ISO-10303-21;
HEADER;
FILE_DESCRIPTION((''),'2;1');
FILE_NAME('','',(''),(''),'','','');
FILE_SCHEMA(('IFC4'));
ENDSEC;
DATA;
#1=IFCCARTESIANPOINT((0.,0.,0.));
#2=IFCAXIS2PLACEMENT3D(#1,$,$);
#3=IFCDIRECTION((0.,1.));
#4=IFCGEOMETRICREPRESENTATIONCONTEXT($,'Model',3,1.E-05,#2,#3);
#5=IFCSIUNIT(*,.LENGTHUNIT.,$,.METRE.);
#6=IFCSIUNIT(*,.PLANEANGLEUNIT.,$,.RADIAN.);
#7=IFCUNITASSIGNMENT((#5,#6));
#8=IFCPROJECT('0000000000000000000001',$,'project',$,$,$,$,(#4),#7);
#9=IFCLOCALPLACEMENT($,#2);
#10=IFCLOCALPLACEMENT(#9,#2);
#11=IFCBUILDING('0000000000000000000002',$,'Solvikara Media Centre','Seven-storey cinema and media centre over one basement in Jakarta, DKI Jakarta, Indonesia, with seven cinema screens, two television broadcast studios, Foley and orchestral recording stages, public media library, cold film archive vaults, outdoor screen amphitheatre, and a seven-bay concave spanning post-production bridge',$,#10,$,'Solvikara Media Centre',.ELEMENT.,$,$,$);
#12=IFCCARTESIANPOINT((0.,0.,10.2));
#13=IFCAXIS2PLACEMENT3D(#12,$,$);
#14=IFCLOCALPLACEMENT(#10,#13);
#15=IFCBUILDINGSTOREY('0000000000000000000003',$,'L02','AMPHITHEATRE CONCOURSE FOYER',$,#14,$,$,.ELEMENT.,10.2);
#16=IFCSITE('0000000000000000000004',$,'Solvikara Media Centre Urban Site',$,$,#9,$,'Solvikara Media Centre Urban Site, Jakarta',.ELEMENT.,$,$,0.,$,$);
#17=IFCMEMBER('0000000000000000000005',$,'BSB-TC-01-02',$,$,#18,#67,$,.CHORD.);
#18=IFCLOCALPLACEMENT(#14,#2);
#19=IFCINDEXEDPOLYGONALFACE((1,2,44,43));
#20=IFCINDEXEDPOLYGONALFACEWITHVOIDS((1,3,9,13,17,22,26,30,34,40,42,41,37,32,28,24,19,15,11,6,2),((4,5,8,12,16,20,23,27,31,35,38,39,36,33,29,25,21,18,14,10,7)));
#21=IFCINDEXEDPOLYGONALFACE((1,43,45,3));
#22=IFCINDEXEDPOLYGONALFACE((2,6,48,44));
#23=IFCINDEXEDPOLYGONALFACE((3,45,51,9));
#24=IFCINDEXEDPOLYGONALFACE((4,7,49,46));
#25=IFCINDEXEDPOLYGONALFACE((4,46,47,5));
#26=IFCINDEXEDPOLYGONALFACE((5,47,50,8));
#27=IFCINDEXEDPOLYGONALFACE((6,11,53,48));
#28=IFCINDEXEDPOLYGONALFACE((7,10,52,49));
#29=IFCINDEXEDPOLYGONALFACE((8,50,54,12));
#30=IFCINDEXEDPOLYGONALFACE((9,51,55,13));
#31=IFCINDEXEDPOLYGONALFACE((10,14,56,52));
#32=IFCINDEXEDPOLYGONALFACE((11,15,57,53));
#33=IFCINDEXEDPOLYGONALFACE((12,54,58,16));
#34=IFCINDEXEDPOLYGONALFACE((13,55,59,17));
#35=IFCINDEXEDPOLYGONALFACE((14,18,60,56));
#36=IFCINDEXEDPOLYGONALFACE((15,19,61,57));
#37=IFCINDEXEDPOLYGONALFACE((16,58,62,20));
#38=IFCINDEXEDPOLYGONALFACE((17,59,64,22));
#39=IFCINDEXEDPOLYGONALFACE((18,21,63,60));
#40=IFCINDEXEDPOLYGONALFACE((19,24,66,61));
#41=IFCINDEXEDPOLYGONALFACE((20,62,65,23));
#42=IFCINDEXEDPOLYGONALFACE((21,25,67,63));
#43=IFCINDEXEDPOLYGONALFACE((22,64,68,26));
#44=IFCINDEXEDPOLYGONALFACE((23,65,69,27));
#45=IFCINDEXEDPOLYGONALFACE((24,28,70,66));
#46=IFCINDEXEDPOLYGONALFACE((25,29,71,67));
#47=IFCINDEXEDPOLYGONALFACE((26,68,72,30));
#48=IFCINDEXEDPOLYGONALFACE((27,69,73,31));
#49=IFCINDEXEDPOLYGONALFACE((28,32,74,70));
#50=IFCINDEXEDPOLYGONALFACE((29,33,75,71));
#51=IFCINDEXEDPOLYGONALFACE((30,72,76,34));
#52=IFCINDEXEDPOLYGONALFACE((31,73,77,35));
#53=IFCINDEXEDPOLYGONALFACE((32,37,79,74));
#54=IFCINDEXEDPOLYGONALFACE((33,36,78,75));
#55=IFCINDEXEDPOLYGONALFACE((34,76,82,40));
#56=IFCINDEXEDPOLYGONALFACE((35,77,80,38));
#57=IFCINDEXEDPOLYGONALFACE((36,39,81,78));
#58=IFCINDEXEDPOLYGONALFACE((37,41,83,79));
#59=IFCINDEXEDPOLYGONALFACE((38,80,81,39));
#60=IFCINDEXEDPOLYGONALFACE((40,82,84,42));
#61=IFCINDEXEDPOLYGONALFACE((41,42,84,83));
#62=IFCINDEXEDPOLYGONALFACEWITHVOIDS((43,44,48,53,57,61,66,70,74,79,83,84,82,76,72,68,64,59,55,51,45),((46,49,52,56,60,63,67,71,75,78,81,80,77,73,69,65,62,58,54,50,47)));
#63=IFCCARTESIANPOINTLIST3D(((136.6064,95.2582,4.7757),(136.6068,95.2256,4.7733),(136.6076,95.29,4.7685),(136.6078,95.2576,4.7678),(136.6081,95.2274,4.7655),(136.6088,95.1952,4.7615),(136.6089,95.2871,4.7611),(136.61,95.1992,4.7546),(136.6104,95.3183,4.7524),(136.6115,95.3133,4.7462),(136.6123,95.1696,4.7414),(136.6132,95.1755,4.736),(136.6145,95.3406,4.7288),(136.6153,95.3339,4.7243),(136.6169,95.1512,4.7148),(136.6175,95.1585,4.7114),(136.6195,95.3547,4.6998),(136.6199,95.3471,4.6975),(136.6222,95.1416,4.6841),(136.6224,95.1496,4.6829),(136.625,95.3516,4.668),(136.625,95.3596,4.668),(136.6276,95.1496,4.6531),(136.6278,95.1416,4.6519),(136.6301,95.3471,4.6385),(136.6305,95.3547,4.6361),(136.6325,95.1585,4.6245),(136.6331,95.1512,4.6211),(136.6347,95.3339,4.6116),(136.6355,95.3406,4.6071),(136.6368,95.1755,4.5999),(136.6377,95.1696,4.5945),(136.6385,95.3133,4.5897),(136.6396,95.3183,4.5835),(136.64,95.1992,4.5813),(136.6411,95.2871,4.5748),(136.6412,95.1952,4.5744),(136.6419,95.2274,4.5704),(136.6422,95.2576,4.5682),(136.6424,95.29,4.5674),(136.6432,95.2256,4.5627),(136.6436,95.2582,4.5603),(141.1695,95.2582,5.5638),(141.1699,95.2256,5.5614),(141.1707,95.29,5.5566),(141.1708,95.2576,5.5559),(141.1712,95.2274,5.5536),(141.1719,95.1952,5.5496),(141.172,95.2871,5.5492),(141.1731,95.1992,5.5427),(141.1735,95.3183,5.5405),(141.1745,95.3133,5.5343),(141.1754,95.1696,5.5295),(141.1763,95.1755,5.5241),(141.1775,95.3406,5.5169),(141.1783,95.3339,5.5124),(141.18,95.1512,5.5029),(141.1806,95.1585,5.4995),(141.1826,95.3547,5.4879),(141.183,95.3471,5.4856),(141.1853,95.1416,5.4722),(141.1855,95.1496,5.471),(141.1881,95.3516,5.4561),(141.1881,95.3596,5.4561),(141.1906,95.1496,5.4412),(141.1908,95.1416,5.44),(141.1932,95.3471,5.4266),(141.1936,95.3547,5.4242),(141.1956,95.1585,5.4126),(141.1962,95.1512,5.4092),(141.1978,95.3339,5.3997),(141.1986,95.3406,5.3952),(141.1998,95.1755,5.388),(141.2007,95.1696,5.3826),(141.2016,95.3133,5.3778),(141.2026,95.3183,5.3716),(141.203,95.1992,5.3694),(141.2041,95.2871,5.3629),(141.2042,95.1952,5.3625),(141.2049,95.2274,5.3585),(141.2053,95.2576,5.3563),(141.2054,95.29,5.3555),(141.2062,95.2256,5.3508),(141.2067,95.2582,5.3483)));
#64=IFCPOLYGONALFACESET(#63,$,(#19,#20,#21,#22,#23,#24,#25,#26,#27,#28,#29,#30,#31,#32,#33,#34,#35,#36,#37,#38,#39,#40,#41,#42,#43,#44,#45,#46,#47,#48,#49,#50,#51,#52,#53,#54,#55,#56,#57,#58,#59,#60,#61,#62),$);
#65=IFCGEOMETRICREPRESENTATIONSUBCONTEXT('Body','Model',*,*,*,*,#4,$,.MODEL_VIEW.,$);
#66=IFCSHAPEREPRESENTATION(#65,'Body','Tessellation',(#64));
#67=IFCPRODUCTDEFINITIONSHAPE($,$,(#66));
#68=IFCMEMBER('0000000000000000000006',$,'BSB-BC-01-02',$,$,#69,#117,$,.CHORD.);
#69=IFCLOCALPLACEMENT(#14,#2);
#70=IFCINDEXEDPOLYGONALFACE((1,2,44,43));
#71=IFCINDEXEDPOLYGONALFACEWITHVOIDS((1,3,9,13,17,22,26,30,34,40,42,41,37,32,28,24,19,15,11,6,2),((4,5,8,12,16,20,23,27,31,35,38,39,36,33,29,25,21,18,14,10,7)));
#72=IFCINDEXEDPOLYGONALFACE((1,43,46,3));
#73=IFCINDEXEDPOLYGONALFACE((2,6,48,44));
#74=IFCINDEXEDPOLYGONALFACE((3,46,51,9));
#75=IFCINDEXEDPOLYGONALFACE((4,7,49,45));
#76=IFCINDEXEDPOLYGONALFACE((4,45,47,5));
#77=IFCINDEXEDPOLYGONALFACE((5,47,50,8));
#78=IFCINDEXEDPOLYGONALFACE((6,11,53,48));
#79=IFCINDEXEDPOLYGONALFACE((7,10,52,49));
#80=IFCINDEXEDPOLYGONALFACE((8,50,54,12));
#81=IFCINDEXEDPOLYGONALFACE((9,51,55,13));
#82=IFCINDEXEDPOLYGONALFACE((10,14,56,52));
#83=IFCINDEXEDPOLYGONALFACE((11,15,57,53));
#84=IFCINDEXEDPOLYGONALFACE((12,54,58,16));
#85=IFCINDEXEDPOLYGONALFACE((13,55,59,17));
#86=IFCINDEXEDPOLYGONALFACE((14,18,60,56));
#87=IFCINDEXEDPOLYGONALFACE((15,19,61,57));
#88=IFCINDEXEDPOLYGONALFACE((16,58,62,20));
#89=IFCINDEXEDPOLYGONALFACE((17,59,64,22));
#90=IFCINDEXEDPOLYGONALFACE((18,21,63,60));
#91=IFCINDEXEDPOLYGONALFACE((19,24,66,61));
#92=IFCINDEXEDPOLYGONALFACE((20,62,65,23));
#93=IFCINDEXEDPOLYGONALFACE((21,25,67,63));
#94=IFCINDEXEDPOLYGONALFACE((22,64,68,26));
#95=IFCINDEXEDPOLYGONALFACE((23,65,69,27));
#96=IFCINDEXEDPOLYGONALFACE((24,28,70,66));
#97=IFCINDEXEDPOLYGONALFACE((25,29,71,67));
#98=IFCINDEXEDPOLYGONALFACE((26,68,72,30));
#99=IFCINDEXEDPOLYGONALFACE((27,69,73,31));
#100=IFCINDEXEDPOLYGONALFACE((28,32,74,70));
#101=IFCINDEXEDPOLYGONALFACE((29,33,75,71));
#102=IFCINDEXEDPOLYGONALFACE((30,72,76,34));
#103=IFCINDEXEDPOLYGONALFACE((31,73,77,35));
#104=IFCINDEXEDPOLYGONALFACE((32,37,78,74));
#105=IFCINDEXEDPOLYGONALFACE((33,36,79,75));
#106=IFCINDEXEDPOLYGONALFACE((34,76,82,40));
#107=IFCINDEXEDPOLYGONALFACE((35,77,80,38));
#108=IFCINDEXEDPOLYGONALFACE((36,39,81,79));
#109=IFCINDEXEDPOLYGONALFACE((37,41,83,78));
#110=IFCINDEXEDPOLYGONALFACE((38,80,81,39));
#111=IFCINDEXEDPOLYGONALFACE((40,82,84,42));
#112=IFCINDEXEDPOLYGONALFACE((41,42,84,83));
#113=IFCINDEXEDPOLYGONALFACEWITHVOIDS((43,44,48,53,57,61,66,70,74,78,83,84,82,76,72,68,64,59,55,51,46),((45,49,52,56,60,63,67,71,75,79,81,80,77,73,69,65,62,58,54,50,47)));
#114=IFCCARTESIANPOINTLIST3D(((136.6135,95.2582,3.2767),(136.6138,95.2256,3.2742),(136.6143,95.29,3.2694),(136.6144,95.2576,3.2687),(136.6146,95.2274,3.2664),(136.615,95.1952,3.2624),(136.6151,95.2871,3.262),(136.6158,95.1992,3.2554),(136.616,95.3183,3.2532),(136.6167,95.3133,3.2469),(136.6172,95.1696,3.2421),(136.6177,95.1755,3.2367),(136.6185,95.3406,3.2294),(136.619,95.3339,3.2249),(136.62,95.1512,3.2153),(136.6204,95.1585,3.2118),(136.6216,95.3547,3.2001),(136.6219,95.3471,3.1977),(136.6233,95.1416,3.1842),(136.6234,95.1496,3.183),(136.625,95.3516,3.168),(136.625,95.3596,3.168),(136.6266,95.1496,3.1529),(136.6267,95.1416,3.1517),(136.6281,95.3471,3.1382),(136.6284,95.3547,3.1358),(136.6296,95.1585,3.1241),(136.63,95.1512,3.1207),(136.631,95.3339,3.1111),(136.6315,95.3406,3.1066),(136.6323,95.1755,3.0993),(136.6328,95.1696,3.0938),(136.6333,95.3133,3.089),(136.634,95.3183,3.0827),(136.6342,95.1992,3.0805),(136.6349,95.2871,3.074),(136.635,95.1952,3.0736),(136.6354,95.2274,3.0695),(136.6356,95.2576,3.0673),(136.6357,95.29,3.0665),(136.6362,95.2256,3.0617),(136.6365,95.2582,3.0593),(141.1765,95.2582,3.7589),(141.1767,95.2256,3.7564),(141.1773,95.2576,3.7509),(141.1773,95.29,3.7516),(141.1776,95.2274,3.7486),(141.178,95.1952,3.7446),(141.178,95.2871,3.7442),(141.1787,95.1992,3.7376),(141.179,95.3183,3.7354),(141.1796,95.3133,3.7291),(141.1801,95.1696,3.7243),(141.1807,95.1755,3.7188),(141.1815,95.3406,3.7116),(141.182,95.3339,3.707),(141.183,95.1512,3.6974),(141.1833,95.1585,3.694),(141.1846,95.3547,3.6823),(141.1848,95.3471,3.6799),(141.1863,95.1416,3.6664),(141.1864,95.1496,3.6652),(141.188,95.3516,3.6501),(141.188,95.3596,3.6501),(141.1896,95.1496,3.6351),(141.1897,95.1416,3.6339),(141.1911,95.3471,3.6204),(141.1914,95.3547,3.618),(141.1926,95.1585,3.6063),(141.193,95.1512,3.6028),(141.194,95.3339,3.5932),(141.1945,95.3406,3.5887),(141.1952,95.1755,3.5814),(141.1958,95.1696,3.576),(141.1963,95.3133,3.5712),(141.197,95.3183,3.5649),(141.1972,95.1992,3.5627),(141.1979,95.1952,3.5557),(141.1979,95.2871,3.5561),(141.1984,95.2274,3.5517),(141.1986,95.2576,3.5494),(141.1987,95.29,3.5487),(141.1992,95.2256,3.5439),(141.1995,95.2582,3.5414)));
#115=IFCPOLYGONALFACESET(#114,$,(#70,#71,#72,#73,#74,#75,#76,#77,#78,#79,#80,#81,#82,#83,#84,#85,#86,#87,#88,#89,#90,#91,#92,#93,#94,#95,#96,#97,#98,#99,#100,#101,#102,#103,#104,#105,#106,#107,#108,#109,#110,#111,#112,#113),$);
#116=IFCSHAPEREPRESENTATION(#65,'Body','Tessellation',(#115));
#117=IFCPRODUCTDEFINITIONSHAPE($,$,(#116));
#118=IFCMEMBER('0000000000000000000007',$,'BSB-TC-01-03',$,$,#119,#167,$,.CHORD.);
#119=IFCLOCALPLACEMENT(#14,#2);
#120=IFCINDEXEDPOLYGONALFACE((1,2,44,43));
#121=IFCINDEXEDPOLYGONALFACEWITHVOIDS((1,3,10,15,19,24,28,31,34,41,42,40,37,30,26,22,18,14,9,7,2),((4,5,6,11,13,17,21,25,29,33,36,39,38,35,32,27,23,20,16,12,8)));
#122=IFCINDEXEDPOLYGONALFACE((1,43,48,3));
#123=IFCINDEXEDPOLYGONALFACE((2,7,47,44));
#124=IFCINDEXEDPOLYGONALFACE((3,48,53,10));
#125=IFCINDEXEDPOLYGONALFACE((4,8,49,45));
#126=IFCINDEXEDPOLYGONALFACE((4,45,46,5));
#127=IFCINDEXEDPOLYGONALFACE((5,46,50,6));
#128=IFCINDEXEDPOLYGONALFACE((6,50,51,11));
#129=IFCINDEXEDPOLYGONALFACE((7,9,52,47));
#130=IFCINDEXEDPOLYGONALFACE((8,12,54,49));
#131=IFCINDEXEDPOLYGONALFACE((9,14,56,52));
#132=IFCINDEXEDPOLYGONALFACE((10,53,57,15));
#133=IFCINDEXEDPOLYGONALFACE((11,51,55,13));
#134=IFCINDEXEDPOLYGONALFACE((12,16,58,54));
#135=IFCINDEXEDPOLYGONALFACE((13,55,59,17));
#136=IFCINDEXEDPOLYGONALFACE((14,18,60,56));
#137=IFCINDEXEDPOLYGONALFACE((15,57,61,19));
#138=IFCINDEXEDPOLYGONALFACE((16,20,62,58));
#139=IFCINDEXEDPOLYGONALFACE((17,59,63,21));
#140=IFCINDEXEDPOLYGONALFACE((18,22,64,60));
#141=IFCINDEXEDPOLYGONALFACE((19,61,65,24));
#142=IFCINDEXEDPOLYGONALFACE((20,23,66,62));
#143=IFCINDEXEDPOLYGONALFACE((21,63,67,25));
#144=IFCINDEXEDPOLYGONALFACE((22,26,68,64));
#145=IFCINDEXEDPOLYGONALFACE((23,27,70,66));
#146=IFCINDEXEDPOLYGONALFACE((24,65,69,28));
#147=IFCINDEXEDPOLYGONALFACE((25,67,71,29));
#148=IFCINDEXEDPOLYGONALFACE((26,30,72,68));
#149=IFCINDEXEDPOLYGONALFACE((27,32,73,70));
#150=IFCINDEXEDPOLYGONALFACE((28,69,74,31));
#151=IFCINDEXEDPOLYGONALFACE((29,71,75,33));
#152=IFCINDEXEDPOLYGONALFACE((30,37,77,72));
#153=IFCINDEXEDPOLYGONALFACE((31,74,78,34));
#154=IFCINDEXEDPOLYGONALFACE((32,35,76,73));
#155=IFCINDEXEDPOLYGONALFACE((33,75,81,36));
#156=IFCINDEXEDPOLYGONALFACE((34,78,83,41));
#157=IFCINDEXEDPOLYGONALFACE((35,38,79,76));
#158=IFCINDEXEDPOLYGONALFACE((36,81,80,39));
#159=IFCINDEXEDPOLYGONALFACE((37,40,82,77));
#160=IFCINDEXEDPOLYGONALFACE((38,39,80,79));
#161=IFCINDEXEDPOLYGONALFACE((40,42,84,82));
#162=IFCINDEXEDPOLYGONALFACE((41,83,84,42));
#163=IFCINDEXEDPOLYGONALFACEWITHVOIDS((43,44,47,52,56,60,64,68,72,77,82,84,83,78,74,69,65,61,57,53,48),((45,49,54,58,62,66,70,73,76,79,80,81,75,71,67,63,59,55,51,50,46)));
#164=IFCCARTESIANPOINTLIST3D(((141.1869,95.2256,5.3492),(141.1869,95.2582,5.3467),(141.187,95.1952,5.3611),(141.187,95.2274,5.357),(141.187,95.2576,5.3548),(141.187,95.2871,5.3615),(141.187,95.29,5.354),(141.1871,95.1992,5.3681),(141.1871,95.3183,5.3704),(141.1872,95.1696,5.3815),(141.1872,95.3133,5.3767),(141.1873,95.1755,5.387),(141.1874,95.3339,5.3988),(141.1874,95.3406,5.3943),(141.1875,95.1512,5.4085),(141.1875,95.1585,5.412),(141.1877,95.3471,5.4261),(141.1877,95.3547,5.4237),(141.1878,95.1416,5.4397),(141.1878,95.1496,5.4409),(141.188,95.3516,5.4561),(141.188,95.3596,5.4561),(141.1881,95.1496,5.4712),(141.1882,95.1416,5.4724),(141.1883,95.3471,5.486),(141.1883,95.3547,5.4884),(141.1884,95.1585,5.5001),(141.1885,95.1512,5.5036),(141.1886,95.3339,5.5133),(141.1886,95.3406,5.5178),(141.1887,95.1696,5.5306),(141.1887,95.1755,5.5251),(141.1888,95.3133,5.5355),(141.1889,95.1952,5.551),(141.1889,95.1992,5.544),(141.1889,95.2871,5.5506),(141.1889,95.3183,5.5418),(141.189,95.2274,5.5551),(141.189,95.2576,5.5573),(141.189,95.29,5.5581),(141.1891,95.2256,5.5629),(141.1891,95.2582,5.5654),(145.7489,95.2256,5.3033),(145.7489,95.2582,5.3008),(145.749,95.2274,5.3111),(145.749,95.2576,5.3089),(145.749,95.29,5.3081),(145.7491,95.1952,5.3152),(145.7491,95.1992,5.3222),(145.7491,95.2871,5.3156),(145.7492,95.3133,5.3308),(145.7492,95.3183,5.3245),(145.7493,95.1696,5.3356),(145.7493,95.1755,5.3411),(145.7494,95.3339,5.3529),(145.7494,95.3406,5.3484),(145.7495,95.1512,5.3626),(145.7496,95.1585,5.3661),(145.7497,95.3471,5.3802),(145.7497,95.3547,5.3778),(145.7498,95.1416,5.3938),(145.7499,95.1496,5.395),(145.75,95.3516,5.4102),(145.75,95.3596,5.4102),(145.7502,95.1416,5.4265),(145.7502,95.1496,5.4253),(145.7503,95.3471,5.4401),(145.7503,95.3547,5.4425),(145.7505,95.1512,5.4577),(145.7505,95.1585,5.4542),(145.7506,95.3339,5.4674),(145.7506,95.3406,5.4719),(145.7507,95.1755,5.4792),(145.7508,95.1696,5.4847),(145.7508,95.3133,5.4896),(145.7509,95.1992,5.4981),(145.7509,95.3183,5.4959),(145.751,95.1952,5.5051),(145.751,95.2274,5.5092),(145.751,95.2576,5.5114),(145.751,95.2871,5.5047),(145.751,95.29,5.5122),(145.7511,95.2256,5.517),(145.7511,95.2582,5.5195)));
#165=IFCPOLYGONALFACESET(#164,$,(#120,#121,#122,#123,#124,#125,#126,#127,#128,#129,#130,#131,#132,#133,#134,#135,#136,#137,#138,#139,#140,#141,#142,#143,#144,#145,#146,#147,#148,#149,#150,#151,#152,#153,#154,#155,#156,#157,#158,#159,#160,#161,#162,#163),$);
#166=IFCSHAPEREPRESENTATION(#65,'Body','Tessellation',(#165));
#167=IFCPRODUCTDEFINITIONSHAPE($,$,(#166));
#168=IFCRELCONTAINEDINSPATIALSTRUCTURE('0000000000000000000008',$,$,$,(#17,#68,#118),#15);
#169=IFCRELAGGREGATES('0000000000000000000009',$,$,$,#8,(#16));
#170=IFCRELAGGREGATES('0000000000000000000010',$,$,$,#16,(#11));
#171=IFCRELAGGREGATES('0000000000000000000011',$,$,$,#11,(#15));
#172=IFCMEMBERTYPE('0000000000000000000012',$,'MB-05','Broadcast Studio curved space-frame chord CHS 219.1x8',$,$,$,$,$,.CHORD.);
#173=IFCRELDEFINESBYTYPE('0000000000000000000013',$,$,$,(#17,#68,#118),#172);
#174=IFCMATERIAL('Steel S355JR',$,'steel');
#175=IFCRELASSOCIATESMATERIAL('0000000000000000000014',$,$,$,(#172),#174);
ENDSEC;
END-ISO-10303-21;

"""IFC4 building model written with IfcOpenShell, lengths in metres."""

from ifc_helpers import new_model, si_unit, direction, frame, origin, origin_2d, place, context, subcontext, project, spatial, hollow_circle, extrude, material, material_profile, profile_set, type_object, element, save


model = new_model("IFC4")

# Units and contexts
model_context = context("Model", 3, precision=1e-05, world=origin(), true_north=direction((0.0, 1.0)))
body_context = subcontext(model_context, "Body", "Model", "MODEL_VIEW")
ifc_project = project(units=[si_unit("LENGTHUNIT", "METRE"), si_unit("PLANEANGLEUNIT", "RADIAN")], contexts=[model_context])

# Site, building, storey
site_placement = place(None, origin())
site = spatial("IfcSite", under=ifc_project, at=site_placement, Name="Solvikara Media Centre Urban Site", LongName="Solvikara Media Centre Urban Site, Jakarta", CompositionType="ELEMENT", RefElevation=0.0)
building_placement = place(site_placement, origin())
building = spatial("IfcBuilding", under=site, at=building_placement, Name="Solvikara Media Centre", Description="Seven-storey cinema and media centre over one basement in Jakarta, DKI Jakarta, Indonesia, with seven cinema screens, two television broadcast studios, Foley and orchestral recording stages, public media library, cold film archive vaults, outdoor screen amphitheatre, and a seven-bay concave spanning post-production bridge", LongName="Solvikara Media Centre", CompositionType="ELEMENT")
storey_placement = place(building_placement, frame((0.0, 0.0, 10.2)))
storey = spatial("IfcBuildingStorey", under=building, at=storey_placement, Name="L02", Description="AMPHITHEATRE CONCOURSE FOYER", CompositionType="ELEMENT", Elevation=10.2)

# Members
ifc_material_1 = material(Name="Steel S355JR", Category="steel")
ifc_material_profile_1 = material_profile(ifc_material_1, hollow_circle(Radius=0.1096, WallThickness=0.0081, at=origin_2d()), Name="CHS 219.1x8")
ifc_profile_set_1 = profile_set([ifc_material_profile_1], Name="Steel S355JR")
member_type_1 = type_object("IfcMemberType", Name="MB-05", Description="Broadcast Studio curved space-frame chord CHS 219.1x8", PredefinedType="CHORD", material=ifc_profile_set_1)
member_1_placement = place(storey_placement, frame((136.625, 95.25, 4.668), z_axis=(0.985411, 0.0, 0.170193), x_axis=(0.0, 1.0, 0.0)))
element("IfcMember", 1, at=member_1_placement, inside=storey, type_object=member_type_1, Name="BSB-TC-01-02", PredefinedType="CHORD", context=body_context, shape_type="SweptSolid", body=[
    extrude(hollow_circle(Radius=0.1096, WallThickness=0.0081, at=origin_2d()), origin(), (0.0, 0.0, 1.0), 4.6306),
])
member_2_placement = place(storey_placement, frame((136.625, 95.25, 3.168), z_axis=(0.994463, 0.0, 0.105086), x_axis=(0.0, 1.0, 0.0)))
element("IfcMember", 2, at=member_2_placement, inside=storey, type_object=member_type_1, Name="BSB-BC-01-02", PredefinedType="CHORD", context=body_context, shape_type="SweptSolid", body=[
    extrude(hollow_circle(Radius=0.1096, WallThickness=0.0081, at=origin_2d()), origin(), (0.0, 0.0, 1.0), 4.5884),
])
member_3_placement = place(storey_placement, frame((141.188, 95.25, 5.4561), z_axis=(0.999949, 0.0, -0.01006), x_axis=(0.0, 1.0, 0.0)))
element("IfcMember", 3, at=member_3_placement, inside=storey, type_object=member_type_1, Name="BSB-TC-01-03", PredefinedType="CHORD", context=body_context, shape_type="SweptSolid", body=[
    extrude(hollow_circle(Radius=0.1096, WallThickness=0.0081, at=origin_2d()), origin(), (0.0, 0.0, 1.0), 4.5623),
])

save(model, "model.ifc")
